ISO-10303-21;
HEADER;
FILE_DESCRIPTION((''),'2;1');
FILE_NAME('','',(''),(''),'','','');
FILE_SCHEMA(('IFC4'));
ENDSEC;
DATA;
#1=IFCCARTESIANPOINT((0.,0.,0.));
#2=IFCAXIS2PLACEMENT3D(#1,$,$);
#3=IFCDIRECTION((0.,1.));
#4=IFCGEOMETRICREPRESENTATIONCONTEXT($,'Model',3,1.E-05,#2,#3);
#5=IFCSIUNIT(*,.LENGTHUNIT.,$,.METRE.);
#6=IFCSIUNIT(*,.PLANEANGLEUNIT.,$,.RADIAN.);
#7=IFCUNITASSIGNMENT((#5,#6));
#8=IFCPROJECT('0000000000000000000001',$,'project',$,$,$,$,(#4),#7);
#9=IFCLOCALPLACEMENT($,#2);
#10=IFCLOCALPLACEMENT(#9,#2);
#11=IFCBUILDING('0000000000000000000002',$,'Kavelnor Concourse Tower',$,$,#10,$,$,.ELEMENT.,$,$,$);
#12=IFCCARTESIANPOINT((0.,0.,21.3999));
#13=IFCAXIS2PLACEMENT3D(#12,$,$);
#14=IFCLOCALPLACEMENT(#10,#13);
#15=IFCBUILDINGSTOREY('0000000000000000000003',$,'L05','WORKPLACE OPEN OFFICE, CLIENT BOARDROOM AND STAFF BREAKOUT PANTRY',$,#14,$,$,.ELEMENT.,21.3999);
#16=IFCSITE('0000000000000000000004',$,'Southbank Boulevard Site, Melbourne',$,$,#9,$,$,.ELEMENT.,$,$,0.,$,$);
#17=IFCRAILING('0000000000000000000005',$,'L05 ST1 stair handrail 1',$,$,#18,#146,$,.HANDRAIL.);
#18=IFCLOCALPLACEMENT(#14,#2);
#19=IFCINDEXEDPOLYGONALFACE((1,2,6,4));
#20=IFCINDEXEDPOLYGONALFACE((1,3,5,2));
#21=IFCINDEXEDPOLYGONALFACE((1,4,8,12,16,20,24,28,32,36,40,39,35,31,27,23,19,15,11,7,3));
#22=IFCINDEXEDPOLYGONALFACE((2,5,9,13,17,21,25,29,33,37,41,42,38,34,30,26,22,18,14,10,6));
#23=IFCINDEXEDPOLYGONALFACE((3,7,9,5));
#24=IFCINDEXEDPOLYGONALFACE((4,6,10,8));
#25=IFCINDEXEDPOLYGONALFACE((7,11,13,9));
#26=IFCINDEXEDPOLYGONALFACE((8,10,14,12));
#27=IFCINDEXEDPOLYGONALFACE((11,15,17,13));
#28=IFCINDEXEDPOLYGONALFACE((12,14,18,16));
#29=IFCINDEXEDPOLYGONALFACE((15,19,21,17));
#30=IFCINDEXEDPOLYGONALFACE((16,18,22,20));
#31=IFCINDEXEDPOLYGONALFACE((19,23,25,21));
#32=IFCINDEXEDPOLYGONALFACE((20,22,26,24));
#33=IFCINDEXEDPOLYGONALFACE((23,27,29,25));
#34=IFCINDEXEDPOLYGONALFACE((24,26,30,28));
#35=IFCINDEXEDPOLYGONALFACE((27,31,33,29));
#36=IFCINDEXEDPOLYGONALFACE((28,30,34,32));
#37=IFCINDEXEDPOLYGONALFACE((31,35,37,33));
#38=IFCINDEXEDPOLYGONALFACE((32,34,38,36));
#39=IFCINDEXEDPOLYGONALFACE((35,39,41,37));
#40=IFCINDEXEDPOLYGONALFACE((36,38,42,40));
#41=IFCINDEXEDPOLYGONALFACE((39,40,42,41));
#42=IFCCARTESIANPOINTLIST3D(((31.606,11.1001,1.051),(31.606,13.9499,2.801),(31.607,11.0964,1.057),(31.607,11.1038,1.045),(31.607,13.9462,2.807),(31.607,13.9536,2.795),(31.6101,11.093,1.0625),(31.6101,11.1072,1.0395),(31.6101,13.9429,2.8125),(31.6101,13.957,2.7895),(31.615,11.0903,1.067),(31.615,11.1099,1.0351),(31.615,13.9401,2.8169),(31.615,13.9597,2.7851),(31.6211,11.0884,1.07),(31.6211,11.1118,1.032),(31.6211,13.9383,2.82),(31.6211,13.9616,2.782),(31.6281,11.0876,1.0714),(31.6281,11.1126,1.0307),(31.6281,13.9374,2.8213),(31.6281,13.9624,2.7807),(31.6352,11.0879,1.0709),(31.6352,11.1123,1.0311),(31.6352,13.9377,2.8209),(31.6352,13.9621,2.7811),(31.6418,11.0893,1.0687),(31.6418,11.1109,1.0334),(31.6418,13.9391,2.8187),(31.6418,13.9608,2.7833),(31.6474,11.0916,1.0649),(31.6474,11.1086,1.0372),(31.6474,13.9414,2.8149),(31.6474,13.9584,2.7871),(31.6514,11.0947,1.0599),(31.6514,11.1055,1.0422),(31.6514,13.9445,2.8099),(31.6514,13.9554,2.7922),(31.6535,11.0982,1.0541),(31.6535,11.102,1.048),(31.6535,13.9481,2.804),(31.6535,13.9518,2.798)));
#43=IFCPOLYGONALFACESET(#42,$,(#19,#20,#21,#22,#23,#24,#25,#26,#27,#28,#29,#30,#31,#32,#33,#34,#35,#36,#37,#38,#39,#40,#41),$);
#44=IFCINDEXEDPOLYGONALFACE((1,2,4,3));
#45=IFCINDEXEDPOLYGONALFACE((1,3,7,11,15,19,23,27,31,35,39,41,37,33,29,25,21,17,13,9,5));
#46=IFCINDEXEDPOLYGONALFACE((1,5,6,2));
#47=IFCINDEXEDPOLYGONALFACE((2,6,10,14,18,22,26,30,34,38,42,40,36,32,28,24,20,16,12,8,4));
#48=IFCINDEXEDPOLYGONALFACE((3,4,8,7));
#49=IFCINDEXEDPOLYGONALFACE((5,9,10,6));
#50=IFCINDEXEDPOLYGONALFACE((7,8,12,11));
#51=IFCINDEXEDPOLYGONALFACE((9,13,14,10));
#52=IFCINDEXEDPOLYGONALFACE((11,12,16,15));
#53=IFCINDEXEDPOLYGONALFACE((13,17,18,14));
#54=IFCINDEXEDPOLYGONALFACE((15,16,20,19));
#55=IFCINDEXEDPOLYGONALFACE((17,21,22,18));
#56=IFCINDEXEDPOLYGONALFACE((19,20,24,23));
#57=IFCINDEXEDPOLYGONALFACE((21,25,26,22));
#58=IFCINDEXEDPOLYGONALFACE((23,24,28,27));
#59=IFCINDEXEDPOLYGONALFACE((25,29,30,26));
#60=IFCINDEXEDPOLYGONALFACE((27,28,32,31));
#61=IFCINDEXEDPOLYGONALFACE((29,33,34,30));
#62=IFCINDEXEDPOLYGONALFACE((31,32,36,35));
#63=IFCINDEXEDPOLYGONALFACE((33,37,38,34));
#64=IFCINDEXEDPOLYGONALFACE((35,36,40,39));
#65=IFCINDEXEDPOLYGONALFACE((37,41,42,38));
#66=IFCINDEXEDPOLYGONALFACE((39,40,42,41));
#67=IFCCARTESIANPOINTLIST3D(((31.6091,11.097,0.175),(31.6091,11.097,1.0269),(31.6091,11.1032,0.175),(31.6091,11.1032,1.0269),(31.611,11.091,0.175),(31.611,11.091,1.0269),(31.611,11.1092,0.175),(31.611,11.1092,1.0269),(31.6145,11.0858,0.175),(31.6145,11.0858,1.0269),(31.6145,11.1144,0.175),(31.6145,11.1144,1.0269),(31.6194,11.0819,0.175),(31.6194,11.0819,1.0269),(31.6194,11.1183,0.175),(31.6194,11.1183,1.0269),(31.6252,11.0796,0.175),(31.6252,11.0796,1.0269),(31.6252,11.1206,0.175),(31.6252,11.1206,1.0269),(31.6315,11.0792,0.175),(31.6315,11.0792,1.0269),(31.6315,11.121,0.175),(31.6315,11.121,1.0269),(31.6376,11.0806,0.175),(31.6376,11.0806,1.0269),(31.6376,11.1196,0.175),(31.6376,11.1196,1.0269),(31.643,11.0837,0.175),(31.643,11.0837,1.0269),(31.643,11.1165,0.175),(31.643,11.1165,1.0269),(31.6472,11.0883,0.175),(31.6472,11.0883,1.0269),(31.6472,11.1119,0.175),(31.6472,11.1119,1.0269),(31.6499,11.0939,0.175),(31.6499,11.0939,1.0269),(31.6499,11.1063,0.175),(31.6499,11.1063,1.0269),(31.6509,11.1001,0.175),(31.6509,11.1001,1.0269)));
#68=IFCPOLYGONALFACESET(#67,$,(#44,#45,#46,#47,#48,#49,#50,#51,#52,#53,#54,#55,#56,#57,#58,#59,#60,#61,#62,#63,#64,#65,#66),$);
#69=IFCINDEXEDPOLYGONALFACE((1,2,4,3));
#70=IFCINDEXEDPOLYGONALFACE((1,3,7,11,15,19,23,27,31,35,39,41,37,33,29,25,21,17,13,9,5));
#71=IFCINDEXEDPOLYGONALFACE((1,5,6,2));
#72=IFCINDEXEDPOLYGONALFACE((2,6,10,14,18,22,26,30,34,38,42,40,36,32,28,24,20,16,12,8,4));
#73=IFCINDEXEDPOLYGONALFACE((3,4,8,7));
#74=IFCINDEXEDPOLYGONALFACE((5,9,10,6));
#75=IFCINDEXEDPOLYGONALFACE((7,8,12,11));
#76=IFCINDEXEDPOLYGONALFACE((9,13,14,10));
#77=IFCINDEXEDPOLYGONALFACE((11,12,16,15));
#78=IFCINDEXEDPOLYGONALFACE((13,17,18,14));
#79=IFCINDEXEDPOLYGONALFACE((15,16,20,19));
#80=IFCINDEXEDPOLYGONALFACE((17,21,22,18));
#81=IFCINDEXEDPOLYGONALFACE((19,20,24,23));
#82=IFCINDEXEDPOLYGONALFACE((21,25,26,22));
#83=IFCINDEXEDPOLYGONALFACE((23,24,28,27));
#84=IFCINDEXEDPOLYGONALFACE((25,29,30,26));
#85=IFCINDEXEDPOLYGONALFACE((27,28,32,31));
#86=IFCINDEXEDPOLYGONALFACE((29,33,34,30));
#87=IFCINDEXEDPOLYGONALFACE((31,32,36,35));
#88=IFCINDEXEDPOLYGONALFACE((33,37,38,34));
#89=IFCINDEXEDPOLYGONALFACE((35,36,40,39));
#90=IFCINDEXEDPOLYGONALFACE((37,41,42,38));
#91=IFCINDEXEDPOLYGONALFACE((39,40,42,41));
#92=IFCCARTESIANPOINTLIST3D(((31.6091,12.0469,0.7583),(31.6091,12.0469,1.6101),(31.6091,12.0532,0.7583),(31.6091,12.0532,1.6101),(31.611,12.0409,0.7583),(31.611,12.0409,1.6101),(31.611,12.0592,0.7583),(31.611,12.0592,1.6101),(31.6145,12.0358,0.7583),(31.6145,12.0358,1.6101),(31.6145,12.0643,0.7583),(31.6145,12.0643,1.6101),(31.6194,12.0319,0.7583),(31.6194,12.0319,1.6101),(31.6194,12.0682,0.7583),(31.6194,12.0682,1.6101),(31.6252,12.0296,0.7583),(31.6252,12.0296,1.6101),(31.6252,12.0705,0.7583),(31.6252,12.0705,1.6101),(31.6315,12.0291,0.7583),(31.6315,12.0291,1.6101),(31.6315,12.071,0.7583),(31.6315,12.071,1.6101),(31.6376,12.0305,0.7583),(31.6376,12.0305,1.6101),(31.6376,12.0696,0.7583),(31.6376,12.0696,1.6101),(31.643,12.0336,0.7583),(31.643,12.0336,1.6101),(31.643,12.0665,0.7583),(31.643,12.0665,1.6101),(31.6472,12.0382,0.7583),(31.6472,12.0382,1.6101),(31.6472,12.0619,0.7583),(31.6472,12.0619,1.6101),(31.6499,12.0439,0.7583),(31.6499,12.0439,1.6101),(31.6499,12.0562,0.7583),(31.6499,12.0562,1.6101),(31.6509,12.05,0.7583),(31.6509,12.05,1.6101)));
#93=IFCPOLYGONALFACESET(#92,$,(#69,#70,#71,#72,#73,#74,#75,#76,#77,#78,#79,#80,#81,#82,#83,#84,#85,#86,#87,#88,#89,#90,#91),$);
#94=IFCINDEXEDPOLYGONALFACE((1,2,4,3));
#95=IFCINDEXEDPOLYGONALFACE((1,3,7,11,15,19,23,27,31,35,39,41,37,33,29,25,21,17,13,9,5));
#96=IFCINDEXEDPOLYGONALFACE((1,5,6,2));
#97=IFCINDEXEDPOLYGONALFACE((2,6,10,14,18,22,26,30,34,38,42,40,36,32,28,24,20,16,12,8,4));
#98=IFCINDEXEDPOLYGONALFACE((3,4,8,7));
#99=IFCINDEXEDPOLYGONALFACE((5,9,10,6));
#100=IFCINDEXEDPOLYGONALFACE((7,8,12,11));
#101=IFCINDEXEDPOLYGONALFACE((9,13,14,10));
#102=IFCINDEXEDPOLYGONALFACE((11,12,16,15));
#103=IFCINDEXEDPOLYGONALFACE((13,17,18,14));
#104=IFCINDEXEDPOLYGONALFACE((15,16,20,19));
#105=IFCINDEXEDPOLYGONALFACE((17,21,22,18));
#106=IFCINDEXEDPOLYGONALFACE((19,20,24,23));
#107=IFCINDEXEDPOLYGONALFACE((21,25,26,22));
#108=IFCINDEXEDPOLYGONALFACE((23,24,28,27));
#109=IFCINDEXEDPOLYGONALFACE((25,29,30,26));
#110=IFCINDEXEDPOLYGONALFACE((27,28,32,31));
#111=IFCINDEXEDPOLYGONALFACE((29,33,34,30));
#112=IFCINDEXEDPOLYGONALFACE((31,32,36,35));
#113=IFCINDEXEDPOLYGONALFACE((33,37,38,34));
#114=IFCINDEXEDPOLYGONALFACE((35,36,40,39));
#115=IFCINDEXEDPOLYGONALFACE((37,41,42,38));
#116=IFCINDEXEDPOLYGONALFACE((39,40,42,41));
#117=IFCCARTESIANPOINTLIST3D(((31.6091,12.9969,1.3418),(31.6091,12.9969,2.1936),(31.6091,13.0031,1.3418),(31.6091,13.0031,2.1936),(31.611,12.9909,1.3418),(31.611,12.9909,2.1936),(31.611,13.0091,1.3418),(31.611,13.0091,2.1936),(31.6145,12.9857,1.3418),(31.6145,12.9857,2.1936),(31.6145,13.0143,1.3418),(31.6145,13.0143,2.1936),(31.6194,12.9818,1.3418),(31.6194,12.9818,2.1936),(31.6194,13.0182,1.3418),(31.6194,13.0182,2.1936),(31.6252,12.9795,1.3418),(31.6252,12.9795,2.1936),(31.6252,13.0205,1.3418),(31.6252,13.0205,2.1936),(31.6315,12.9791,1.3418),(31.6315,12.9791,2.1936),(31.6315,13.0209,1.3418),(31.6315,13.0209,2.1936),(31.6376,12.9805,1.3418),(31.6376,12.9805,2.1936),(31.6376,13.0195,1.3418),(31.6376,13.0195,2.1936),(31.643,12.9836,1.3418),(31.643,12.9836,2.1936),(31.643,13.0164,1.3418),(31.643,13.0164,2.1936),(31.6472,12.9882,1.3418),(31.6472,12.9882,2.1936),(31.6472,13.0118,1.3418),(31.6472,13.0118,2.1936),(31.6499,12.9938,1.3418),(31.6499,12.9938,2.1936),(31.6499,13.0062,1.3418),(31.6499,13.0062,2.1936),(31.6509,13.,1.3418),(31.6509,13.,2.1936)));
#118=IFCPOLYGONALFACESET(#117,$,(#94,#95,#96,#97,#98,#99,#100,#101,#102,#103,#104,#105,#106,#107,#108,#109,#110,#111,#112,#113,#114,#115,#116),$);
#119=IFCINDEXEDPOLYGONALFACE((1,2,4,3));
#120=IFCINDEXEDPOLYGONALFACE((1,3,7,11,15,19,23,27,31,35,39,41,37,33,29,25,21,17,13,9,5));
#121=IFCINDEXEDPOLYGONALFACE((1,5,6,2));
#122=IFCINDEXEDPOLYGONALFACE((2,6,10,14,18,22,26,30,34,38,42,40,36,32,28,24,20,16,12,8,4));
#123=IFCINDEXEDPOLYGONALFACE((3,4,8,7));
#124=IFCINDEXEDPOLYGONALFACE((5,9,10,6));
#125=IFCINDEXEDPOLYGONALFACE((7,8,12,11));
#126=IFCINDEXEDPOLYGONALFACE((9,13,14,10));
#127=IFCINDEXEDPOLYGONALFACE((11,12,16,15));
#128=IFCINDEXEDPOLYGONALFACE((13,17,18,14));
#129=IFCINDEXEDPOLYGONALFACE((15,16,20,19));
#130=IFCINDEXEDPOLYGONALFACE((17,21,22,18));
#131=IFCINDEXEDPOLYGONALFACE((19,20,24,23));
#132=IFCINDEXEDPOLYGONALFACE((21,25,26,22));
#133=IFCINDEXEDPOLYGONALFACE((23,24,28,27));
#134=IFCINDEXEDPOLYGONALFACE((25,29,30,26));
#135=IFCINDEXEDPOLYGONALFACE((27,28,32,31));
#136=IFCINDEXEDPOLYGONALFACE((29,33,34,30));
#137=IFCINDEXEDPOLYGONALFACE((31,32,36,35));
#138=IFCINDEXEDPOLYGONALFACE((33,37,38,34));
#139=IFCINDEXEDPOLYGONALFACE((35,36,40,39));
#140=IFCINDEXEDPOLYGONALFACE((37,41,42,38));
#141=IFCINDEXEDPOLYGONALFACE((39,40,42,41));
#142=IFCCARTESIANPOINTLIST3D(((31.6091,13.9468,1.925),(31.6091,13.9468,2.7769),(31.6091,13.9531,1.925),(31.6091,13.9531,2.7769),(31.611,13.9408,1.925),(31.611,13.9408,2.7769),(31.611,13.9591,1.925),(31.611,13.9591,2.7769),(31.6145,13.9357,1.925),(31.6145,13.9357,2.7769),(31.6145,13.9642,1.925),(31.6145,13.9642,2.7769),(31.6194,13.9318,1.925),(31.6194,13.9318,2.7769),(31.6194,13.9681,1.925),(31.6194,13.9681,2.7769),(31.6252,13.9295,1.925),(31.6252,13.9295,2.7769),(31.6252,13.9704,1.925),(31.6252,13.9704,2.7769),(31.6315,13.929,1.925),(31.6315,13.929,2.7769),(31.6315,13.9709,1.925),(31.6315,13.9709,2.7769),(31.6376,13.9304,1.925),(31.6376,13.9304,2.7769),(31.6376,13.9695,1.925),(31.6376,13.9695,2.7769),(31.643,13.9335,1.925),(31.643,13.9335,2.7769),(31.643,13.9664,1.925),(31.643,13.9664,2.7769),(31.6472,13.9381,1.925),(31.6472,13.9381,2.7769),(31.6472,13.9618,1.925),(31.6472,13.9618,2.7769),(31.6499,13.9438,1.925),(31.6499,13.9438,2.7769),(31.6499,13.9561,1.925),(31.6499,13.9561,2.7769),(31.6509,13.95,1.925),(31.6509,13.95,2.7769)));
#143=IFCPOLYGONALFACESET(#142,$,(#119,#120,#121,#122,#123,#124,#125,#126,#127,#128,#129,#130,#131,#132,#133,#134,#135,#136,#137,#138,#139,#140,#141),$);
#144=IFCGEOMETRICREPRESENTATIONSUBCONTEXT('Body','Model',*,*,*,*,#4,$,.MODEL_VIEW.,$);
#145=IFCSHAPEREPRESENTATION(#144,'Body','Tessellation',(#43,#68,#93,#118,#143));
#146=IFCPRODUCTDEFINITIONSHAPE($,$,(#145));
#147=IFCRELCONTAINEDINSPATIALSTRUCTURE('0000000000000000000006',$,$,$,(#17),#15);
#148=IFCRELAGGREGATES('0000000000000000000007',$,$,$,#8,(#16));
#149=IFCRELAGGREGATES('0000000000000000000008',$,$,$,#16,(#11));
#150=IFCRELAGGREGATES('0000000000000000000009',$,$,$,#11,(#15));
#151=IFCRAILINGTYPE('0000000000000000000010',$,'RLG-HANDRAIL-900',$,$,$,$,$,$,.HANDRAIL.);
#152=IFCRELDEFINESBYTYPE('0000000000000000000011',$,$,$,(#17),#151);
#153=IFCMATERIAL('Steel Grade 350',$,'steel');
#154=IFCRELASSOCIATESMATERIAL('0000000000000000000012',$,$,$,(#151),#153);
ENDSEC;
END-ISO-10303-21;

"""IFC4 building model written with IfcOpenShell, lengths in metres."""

from ifc_helpers import new_model, si_unit, direction, frame, origin, origin_2d, place, context, subcontext, project, spatial, circle, extrude, material, type_object, element, save


model = new_model("IFC4")

# Units and contexts
model_context = context("Model", 3, precision=1e-05, world=origin(), true_north=direction((0.0, 1.0)))
body_context = subcontext(model_context, "Body", "Model", "MODEL_VIEW")
ifc_project = project(units=[si_unit("LENGTHUNIT", "METRE"), si_unit("PLANEANGLEUNIT", "RADIAN")], contexts=[model_context])

# Site, building, storey
site_placement = place(None, origin())
site = spatial("IfcSite", under=ifc_project, at=site_placement, Name="Southbank Boulevard Site, Melbourne", CompositionType="ELEMENT", RefElevation=0.0)
building_placement = place(site_placement, origin())
building = spatial("IfcBuilding", under=site, at=building_placement, Name="Kavelnor Concourse Tower", CompositionType="ELEMENT")
storey_placement = place(building_placement, frame((0.0, 0.0, 21.3999)))
storey = spatial("IfcBuildingStorey", under=building, at=storey_placement, Name="L05", Description="WORKPLACE OPEN OFFICE, CLIENT BOARDROOM AND STAFF BREAKOUT PANTRY", CompositionType="ELEMENT", Elevation=21.3999)

# Shared definitions
ifc_material_1 = material(Name="Steel Grade 350", Category="steel")

# Railing
railing_type_1 = type_object("IfcRailingType", Name="RLG-HANDRAIL-900", PredefinedType="HANDRAIL", material=ifc_material_1)
railing_1_placement = place(storey_placement, frame((31.6299, 11.1001, 0.175)))
element("IfcRailing", 1, at=railing_1_placement, inside=storey, type_object=railing_type_1, Name="L05 ST1 stair handrail 1", PredefinedType="HANDRAIL", context=body_context, shape_type="SweptSolid", body=[
    extrude(circle(Radius=0.0239, at=origin_2d()), frame((0.0, 0.0, 0.876), z_axis=(0.0, 0.852159, 0.523283), x_axis=(-1.0, 0.0, 0.0)), (0.0, 0.0, 1.0), 3.3442),
    extrude(circle(Radius=0.021, at=origin_2d()), origin(), (0.0, 0.0, 1.0), 0.8518),
    extrude(circle(Radius=0.021, at=origin_2d()), frame((0.0, 0.95, 0.5833)), (0.0, 0.0, 1.0), 0.8518),
    extrude(circle(Radius=0.021, at=origin_2d()), frame((0.0, 1.8999, 1.1667)), (0.0, 0.0, 1.0), 0.8518),
    extrude(circle(Radius=0.021, at=origin_2d()), frame((0.0, 2.8499, 1.75)), (0.0, 0.0, 1.0), 0.8518),
])

save(model, "model.ifc")
